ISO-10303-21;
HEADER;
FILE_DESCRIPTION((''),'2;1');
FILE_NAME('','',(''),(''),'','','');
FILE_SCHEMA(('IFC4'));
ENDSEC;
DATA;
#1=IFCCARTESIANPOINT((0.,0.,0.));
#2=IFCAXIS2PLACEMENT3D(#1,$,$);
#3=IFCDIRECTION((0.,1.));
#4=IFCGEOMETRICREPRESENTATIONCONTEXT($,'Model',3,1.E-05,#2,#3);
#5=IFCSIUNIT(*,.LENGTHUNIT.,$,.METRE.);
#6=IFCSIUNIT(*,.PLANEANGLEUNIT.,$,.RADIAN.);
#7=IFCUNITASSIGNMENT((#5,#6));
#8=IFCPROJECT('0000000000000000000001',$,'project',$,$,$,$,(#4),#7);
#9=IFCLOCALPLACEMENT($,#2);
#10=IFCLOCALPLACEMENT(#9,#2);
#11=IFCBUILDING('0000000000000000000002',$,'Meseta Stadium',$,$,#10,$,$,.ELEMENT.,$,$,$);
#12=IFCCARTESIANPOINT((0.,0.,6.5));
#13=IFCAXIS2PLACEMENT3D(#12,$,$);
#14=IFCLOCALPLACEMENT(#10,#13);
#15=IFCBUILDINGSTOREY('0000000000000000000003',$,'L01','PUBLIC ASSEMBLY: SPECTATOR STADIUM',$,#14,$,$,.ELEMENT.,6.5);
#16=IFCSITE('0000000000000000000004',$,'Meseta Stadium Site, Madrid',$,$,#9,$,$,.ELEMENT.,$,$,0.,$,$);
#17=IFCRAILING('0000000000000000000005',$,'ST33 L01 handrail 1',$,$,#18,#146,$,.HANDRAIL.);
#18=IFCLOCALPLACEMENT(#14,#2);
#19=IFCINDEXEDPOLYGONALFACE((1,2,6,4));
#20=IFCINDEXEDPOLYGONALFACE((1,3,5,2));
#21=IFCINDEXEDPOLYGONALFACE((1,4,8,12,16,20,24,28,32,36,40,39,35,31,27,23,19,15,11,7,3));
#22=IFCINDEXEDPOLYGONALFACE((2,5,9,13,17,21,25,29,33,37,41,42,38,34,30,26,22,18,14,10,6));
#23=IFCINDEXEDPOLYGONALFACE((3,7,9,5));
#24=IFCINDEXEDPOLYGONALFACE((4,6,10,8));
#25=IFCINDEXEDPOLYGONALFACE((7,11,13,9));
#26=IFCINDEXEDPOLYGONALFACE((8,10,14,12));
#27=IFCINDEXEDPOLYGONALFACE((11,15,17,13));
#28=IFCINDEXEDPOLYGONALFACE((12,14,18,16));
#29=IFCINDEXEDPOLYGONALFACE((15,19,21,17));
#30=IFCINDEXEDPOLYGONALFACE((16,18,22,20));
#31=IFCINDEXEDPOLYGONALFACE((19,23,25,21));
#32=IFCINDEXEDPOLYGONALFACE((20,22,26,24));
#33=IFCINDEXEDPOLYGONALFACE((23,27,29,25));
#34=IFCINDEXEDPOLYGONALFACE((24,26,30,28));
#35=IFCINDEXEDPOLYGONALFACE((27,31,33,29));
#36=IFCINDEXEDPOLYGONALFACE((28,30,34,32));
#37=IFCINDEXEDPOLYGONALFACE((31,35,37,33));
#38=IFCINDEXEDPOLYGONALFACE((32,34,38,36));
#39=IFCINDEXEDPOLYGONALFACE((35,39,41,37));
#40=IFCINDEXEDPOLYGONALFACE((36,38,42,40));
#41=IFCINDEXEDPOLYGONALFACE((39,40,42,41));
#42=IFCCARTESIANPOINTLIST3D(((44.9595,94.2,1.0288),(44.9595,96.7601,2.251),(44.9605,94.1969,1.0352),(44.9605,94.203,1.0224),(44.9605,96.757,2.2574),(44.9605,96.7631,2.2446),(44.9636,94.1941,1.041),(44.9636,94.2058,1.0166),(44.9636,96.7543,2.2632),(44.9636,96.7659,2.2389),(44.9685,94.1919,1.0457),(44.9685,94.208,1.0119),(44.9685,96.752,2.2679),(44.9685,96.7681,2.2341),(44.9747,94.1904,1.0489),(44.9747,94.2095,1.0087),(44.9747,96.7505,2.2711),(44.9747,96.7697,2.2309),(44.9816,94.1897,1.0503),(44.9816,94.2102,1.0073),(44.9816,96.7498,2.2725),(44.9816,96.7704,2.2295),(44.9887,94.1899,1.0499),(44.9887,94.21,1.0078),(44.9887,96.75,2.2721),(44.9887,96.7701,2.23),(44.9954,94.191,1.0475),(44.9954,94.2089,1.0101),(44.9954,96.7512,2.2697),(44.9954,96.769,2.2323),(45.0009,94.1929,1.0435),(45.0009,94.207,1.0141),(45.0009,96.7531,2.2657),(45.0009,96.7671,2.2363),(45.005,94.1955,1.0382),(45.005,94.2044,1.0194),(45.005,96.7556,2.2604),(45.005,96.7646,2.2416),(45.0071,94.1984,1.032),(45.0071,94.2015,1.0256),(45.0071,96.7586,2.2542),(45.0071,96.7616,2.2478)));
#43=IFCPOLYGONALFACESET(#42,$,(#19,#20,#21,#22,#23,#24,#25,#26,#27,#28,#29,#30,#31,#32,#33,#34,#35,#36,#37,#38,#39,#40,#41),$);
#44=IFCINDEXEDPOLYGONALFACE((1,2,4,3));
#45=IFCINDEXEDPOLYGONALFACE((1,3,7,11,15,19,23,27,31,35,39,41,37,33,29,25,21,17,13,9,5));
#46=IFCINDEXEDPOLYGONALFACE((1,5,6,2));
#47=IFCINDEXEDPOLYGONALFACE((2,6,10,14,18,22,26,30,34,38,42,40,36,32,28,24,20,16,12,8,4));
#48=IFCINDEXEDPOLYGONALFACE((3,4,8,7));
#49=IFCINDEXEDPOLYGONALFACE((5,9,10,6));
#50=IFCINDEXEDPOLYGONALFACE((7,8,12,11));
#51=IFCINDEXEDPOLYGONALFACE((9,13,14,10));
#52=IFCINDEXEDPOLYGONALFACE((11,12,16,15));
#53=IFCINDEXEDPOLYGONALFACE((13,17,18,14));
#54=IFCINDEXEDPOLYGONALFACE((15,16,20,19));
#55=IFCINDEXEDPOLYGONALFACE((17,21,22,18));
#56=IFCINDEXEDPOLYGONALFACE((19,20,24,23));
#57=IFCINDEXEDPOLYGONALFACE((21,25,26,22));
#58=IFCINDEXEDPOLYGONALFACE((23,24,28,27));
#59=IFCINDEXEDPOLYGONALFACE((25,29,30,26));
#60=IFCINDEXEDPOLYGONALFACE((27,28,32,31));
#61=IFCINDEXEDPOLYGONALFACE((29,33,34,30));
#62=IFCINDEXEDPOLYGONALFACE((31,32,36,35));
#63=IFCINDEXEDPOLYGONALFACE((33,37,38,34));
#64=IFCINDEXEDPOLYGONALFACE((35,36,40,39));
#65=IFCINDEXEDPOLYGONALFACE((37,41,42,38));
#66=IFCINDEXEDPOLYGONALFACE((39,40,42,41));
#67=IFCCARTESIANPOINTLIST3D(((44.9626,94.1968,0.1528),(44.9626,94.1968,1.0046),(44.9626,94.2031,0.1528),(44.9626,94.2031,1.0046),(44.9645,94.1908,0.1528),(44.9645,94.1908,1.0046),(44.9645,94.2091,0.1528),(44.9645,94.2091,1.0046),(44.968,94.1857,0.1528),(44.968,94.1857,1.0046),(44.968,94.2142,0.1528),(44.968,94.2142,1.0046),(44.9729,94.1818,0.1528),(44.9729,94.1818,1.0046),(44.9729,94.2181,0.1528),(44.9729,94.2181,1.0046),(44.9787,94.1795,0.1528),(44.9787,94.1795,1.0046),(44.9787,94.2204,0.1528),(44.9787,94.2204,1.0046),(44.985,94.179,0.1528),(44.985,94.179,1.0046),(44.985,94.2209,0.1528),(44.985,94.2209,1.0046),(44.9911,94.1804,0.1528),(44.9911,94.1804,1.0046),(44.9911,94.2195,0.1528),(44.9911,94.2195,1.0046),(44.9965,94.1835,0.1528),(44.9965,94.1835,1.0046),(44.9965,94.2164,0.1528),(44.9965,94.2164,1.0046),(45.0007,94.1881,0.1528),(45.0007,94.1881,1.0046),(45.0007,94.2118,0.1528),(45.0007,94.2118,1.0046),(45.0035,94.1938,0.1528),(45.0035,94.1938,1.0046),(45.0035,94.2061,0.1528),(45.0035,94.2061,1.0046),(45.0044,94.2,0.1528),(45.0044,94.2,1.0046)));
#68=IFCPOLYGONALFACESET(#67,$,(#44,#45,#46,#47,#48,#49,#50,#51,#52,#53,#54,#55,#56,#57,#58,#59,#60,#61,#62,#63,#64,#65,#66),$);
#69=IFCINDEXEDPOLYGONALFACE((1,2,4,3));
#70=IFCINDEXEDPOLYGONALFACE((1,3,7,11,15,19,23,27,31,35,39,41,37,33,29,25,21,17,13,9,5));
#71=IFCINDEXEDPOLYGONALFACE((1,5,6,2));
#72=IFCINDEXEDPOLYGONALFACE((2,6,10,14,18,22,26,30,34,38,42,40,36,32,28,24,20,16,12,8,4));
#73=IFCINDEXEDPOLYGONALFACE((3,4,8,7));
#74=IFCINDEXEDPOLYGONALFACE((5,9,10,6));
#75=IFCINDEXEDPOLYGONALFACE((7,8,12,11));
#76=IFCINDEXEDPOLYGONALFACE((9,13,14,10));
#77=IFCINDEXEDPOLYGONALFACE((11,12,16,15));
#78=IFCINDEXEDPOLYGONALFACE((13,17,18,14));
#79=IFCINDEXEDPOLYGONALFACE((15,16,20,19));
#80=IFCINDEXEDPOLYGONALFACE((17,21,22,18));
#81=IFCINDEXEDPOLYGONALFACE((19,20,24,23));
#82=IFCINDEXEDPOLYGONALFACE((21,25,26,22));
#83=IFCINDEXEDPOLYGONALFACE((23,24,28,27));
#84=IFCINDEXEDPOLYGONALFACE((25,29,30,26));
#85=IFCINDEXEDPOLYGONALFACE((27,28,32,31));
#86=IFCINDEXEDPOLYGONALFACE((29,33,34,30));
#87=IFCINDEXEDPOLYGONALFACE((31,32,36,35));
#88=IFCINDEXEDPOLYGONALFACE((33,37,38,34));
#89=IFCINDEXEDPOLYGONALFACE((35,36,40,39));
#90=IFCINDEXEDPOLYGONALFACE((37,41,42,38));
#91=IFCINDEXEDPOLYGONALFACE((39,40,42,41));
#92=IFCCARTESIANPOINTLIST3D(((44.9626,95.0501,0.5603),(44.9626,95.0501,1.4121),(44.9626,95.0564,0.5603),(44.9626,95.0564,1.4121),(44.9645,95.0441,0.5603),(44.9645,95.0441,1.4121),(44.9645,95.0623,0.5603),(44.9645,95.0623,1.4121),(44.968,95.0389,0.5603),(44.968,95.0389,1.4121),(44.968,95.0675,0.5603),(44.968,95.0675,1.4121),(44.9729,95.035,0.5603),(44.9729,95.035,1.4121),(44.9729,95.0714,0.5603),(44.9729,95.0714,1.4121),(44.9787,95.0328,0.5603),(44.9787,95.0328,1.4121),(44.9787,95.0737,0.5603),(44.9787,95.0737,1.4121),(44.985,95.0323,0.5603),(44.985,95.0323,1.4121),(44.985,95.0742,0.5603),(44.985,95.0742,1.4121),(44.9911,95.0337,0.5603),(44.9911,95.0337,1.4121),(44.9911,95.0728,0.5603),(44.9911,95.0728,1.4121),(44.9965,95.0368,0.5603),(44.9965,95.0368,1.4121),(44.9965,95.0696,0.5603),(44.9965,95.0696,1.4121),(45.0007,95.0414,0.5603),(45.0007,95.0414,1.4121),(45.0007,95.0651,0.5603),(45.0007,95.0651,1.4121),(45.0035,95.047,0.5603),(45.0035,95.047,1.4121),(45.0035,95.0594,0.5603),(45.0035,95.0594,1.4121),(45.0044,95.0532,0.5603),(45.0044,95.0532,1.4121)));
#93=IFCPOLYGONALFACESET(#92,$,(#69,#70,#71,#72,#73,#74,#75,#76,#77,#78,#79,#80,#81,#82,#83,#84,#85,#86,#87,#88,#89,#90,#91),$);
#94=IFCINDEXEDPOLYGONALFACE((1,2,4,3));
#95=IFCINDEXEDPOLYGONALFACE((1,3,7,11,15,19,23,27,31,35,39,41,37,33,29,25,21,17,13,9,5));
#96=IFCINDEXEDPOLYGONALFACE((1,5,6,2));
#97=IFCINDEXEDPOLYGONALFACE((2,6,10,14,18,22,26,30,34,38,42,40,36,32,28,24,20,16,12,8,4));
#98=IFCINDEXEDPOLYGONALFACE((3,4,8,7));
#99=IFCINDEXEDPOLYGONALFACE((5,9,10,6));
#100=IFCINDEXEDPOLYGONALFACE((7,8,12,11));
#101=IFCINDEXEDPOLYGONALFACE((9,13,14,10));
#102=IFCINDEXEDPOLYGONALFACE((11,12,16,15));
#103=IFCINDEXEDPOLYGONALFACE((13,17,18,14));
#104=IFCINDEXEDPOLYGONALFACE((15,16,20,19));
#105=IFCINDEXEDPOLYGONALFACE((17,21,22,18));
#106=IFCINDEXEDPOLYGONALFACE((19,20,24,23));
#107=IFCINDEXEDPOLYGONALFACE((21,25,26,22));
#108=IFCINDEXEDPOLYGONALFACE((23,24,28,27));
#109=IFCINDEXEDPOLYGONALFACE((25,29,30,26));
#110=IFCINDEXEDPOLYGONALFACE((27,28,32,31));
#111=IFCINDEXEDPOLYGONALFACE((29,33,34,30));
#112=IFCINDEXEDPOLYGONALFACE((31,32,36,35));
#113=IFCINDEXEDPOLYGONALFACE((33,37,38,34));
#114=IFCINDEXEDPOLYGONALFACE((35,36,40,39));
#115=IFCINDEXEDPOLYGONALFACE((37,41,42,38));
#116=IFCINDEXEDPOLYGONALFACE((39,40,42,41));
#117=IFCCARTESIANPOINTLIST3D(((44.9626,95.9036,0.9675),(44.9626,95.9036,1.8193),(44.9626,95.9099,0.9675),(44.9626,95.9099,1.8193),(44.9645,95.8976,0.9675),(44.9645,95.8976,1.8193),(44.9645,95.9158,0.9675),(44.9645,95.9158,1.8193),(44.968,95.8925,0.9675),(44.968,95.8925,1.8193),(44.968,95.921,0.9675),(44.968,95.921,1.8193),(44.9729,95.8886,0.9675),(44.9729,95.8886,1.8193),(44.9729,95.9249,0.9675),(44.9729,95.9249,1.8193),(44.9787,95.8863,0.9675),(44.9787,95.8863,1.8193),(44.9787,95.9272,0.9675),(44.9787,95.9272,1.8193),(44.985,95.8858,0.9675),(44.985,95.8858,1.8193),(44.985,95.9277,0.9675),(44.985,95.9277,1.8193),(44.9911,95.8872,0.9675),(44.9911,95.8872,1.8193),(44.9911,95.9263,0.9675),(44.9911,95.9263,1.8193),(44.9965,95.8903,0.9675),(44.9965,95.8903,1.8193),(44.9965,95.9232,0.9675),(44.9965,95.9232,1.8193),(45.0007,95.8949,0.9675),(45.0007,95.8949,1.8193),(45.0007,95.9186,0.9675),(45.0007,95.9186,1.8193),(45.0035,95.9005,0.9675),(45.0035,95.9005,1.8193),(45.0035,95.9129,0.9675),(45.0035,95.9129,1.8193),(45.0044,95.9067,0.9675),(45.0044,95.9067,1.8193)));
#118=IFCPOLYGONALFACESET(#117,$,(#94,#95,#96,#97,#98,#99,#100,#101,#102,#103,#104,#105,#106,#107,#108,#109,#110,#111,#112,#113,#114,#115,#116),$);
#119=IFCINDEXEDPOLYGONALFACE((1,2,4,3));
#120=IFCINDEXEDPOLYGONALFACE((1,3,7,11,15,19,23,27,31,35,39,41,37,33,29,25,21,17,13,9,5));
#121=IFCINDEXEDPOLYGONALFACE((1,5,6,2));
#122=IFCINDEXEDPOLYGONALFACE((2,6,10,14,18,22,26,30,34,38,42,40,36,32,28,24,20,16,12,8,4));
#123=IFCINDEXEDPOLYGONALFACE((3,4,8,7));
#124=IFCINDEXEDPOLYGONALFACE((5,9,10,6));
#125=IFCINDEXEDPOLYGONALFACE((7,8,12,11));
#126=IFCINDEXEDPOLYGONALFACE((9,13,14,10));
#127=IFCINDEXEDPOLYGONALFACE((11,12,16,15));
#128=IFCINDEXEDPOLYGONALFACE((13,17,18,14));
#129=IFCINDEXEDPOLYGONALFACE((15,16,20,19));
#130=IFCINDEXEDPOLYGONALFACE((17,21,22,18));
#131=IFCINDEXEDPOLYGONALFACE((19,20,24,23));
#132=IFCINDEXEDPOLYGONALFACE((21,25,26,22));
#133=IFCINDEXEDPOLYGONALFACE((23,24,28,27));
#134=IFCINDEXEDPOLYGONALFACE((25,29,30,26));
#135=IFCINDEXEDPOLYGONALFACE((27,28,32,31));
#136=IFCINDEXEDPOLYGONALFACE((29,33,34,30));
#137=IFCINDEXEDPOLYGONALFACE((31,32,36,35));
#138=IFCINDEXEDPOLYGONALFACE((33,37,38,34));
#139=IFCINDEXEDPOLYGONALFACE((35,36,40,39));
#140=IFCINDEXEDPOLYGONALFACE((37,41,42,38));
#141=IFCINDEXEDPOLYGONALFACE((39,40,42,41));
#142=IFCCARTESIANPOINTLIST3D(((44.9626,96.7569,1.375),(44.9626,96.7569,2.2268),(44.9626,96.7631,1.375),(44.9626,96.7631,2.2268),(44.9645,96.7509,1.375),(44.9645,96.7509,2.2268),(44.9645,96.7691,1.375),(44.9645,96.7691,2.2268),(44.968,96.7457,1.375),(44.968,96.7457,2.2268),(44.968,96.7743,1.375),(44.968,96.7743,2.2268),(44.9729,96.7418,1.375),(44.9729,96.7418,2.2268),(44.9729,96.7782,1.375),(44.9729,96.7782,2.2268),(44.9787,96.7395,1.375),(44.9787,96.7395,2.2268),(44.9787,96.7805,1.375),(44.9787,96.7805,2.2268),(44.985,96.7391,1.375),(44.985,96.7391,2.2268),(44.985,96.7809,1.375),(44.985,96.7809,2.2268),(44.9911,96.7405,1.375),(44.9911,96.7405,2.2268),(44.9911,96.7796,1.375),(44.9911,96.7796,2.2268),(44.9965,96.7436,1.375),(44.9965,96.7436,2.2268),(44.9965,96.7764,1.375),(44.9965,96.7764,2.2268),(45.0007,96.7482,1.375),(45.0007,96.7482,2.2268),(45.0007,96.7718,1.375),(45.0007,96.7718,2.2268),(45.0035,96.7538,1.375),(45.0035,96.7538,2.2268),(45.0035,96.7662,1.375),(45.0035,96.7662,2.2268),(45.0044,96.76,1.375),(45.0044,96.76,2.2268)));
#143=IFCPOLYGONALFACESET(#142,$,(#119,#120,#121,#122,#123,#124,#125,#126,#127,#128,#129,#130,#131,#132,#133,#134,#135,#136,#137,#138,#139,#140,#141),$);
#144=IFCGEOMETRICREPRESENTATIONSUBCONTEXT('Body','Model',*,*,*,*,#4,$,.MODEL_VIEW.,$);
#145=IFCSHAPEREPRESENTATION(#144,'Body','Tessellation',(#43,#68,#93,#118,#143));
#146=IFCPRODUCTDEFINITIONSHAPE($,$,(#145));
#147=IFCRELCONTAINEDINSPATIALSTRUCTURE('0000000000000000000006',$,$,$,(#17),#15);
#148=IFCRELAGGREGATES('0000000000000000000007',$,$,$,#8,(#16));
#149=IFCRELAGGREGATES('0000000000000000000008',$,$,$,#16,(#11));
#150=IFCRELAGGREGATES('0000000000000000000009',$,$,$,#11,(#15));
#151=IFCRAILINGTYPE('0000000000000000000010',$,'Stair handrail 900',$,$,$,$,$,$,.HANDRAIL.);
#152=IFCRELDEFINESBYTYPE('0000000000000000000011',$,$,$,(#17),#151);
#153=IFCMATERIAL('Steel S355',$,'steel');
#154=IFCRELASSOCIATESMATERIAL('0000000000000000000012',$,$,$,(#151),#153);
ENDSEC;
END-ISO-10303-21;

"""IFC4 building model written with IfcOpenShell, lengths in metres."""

from ifc_helpers import new_model, si_unit, direction, frame, origin, origin_2d, place, context, subcontext, project, spatial, circle, extrude, material, type_object, element, save


model = new_model("IFC4")

# Units and contexts
model_context = context("Model", 3, precision=1e-05, world=origin(), true_north=direction((0.0, 1.0)))
body_context = subcontext(model_context, "Body", "Model", "MODEL_VIEW")
ifc_project = project(units=[si_unit("LENGTHUNIT", "METRE"), si_unit("PLANEANGLEUNIT", "RADIAN")], contexts=[model_context])

# Site, building, storey
site_placement = place(None, origin())
site = spatial("IfcSite", under=ifc_project, at=site_placement, Name="Meseta Stadium Site, Madrid", CompositionType="ELEMENT", RefElevation=0.0)
building_placement = place(site_placement, origin())
building = spatial("IfcBuilding", under=site, at=building_placement, Name="Meseta Stadium", CompositionType="ELEMENT")
storey_placement = place(building_placement, frame((0.0, 0.0, 6.5)))
storey = spatial("IfcBuildingStorey", under=building, at=storey_placement, Name="L01", Description="PUBLIC ASSEMBLY: SPECTATOR STADIUM", CompositionType="ELEMENT", Elevation=6.5)

# Railing
ifc_material_1 = material(Name="Steel S355", Category="steel")
railing_type_1 = type_object("IfcRailingType", Name="Stair handrail 900", PredefinedType="HANDRAIL", material=ifc_material_1)
railing_1_placement = place(storey_placement, frame((44.9834, 94.2, 0.1528)))
element("IfcRailing", 1, at=railing_1_placement, inside=storey, type_object=railing_type_1, Name="ST33 L01 handrail 1", PredefinedType="HANDRAIL", context=body_context, shape_type="SweptSolid", body=[
    extrude(circle(Radius=0.0239, at=origin_2d()), frame((0.0, 0.0, 0.876), z_axis=(0.0, 0.902437, 0.430822), x_axis=(-1.0, 0.0, 0.0)), (0.0, 0.0, 1.0), 2.8369),
    extrude(circle(Radius=0.021, at=origin_2d()), origin(), (0.0, 0.0, 1.0), 0.8518),
    extrude(circle(Radius=0.021, at=origin_2d()), frame((0.0, 0.8533, 0.4075)), (0.0, 0.0, 1.0), 0.8518),
    extrude(circle(Radius=0.021, at=origin_2d()), frame((0.0, 1.7068, 0.8147)), (0.0, 0.0, 1.0), 0.8518),
    extrude(circle(Radius=0.021, at=origin_2d()), frame((0.0, 2.5601, 1.2222)), (0.0, 0.0, 1.0), 0.8518),
])

save(model, "model.ifc")
